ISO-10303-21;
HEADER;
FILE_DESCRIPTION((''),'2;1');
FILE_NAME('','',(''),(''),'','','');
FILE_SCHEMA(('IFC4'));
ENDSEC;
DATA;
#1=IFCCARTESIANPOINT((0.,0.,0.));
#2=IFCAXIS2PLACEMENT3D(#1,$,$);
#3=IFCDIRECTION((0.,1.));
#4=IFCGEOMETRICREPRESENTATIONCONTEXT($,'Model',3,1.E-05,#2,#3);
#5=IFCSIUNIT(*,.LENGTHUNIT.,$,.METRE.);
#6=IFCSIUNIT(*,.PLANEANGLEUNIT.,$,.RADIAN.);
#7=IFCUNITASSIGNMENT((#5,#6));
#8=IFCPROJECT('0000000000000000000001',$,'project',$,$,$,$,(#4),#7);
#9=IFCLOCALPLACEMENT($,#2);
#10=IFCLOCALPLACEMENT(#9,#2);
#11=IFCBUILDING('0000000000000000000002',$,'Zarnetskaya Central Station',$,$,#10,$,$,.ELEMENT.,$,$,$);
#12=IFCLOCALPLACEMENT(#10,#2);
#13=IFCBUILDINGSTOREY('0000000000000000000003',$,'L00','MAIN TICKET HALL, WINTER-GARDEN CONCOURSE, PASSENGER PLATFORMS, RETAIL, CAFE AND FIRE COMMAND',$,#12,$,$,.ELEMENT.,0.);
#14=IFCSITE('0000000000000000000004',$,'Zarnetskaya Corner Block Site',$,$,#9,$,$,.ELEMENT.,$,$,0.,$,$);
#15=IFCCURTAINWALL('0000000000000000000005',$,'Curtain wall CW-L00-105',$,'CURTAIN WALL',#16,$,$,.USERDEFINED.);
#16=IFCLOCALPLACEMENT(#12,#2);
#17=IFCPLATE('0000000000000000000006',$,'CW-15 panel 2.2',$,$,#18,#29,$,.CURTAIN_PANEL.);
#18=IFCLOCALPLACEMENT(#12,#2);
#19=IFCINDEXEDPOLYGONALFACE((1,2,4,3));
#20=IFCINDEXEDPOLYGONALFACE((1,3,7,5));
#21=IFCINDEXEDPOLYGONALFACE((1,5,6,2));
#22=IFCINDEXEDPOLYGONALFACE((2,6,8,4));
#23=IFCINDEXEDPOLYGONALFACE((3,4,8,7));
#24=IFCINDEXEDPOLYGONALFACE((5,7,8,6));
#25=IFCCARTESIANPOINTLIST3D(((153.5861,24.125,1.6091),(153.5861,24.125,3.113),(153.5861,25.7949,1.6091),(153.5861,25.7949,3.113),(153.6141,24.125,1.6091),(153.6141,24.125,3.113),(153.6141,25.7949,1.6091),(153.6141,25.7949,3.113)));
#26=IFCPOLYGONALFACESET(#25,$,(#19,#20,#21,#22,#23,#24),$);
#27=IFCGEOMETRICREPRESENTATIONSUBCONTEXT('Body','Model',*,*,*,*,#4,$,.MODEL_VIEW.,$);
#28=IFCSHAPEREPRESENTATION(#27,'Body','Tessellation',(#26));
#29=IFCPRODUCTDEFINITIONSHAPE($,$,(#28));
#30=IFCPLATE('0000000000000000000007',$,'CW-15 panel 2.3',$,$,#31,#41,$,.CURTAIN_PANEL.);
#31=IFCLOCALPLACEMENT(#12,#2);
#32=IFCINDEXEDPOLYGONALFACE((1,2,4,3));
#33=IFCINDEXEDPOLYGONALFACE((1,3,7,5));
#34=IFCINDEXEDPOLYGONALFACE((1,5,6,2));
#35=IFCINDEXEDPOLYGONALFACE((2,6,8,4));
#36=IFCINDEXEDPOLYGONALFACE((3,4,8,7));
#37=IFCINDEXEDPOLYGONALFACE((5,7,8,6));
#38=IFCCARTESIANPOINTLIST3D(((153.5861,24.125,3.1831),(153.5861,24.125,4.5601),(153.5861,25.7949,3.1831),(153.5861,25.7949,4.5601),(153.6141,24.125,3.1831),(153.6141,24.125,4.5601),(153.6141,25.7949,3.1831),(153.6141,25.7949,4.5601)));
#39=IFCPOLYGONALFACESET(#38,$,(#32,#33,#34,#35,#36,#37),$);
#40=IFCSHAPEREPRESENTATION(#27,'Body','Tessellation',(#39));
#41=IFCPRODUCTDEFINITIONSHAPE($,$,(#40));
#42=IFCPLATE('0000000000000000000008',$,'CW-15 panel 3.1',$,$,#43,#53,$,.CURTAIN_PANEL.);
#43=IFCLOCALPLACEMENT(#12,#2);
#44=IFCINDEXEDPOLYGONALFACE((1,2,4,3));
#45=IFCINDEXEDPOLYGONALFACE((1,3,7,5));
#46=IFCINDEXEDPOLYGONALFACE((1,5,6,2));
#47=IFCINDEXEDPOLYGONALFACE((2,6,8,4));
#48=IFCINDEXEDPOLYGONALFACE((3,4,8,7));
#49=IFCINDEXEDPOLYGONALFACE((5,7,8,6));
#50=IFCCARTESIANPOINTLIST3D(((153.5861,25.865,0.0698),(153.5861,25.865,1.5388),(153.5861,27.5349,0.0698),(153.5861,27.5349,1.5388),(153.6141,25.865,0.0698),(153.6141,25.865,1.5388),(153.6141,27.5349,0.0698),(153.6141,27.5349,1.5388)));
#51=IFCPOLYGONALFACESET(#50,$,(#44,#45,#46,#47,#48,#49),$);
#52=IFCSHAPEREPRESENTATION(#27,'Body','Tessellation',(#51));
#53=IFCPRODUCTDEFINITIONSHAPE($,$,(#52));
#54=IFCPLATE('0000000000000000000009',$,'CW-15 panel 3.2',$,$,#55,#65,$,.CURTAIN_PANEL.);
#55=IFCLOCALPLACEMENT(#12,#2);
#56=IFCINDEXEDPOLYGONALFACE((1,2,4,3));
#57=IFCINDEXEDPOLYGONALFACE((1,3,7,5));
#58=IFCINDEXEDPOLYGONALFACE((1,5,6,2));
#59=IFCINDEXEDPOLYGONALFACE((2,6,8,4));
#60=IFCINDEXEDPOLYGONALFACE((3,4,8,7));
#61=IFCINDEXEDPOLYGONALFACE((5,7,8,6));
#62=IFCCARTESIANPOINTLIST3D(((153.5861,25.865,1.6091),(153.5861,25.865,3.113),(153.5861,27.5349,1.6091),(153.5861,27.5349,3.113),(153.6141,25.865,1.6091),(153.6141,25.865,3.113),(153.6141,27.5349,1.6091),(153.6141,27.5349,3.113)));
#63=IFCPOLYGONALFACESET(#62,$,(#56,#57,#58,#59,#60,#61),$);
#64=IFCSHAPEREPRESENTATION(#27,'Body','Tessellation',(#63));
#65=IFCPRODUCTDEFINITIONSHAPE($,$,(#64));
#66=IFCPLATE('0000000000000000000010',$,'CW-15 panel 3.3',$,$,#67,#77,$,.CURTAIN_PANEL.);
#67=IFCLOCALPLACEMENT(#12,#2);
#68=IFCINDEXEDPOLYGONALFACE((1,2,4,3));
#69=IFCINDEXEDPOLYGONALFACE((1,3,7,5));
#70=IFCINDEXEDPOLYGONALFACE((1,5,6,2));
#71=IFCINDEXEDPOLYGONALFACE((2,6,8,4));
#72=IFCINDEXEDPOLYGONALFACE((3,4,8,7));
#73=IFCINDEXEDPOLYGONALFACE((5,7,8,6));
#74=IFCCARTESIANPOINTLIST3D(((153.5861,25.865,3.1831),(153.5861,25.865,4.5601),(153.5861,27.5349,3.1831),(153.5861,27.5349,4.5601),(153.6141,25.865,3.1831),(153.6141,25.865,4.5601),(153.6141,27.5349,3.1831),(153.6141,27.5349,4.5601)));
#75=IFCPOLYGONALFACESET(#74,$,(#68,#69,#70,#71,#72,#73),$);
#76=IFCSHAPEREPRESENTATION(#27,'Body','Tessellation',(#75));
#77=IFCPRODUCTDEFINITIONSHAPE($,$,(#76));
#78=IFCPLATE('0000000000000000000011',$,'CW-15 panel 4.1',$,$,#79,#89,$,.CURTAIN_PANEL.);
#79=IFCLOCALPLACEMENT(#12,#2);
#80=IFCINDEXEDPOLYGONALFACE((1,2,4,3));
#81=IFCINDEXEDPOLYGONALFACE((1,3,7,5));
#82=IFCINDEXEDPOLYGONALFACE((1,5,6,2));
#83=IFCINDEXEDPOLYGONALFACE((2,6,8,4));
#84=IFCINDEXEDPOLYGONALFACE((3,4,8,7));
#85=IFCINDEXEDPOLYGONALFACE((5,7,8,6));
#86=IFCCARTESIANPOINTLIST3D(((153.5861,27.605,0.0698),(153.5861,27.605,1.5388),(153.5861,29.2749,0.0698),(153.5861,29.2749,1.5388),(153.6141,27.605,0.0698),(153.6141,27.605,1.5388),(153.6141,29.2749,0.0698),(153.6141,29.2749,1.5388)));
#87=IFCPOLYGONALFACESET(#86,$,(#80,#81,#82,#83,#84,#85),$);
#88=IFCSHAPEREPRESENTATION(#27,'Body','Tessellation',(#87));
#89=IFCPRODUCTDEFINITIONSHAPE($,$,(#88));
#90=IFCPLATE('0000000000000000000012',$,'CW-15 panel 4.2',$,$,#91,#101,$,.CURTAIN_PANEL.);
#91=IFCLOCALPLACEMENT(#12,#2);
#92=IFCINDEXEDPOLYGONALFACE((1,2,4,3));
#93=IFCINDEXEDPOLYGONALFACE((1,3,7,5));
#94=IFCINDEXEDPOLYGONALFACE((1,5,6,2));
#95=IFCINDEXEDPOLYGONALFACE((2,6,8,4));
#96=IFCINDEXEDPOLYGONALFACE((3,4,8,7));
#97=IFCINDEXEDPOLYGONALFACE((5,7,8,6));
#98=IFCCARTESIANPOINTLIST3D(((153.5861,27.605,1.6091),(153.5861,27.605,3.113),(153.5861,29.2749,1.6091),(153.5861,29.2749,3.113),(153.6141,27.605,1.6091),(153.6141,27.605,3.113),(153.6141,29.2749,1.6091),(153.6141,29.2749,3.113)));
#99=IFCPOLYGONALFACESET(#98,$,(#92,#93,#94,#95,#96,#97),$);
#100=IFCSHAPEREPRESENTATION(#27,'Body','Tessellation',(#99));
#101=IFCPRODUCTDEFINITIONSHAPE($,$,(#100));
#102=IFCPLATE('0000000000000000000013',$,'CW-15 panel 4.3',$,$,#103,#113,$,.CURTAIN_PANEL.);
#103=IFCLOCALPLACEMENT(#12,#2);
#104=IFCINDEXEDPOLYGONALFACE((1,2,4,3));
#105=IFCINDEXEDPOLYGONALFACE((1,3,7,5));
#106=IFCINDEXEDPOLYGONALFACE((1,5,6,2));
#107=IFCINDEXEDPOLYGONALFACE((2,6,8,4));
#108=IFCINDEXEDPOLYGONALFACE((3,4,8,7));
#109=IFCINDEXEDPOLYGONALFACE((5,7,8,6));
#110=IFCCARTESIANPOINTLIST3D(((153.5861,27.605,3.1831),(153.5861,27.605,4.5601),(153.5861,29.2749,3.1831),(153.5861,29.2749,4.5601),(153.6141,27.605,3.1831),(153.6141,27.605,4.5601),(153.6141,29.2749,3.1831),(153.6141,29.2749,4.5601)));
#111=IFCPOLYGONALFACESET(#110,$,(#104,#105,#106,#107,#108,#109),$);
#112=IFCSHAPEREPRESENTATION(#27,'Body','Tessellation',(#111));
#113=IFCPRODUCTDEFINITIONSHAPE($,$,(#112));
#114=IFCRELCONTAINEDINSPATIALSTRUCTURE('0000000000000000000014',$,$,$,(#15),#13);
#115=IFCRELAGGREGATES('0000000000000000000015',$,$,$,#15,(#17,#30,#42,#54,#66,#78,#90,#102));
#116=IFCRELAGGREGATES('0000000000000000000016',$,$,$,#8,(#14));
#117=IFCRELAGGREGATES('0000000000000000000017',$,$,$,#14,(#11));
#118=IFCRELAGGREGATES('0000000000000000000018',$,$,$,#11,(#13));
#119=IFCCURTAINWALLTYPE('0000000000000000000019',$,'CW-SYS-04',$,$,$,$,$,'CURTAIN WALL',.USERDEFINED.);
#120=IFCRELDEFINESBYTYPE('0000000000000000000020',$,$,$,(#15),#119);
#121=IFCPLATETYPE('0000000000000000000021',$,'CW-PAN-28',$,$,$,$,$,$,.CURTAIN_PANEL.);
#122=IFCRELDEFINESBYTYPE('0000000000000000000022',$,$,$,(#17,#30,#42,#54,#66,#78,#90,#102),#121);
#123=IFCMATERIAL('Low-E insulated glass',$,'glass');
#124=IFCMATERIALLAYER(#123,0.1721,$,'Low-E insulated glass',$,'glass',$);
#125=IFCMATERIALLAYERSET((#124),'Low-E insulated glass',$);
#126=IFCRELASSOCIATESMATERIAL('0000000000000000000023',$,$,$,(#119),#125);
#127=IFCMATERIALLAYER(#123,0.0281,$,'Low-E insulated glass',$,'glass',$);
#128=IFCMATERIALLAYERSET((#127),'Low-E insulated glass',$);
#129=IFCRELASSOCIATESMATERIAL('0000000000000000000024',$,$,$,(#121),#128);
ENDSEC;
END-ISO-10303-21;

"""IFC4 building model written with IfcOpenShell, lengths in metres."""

from ifc_helpers import new_model, si_unit, direction, frame, origin, origin_2d, place, context, subcontext, project, spatial, rectangle, extrude, material, layer, layer_set, type_object, element, aggregate, save


model = new_model("IFC4")

# Units and contexts
model_context = context("Model", 3, precision=1e-05, world=origin(), true_north=direction((0.0, 1.0)))
body_context = subcontext(model_context, "Body", "Model", "MODEL_VIEW")
ifc_project = project(units=[si_unit("LENGTHUNIT", "METRE"), si_unit("PLANEANGLEUNIT", "RADIAN")], contexts=[model_context])

# Site, building, storey
site_placement = place(None, origin())
site = spatial("IfcSite", under=ifc_project, at=site_placement, Name="Zarnetskaya Corner Block Site", CompositionType="ELEMENT", RefElevation=0.0)
building_placement = place(site_placement, origin())
building = spatial("IfcBuilding", under=site, at=building_placement, Name="Zarnetskaya Central Station", CompositionType="ELEMENT")
storey_placement = place(building_placement, origin())
storey = spatial("IfcBuildingStorey", under=building, at=storey_placement, Name="L00", Description="MAIN TICKET HALL, WINTER-GARDEN CONCOURSE, PASSENGER PLATFORMS, RETAIL, CAFE AND FIRE COMMAND", CompositionType="ELEMENT", Elevation=0.0)

# Curtain wall, plates
ifc_material_1 = material(Name="Low-E insulated glass", Category="glass")
ifc_layer_1 = layer(ifc_material_1, 0.1721, Name="Low-E insulated glass", Category="glass")
ifc_layer_set_1 = layer_set([ifc_layer_1], Name="Low-E insulated glass")
curtain_wall_type = type_object("IfcCurtainWallType", Name="CW-SYS-04", ElementType="CURTAIN WALL", PredefinedType="USERDEFINED", material=ifc_layer_set_1)
curtain_wall_placement = place(storey_placement, origin())
curtain_wall = element("IfcCurtainWall", 1, at=curtain_wall_placement, inside=storey, type_object=curtain_wall_type, Name="Curtain wall CW-L00-105", ObjectType="CURTAIN WALL", PredefinedType="USERDEFINED")
ifc_layer_2 = layer(ifc_material_1, 0.0281, Name="Low-E insulated glass", Category="glass")
ifc_layer_set_2 = layer_set([ifc_layer_2], Name="Low-E insulated glass")
plate_type = type_object("IfcPlateType", Name="CW-PAN-28", PredefinedType="CURTAIN_PANEL", material=ifc_layer_set_2)
plate_1_placement = place(storey_placement, frame((153.6001, 24.96, 1.6091), z_axis=(0.0, 0.0, 1.0), x_axis=(0.0, 1.0, 0.0)))
plate_1 = element("IfcPlate", 2, at=plate_1_placement, type_object=plate_type, Name="CW-15 panel 2.2", PredefinedType="CURTAIN_PANEL", context=body_context, shape_type="SweptSolid", body=[
    extrude(rectangle(XDim=1.6699, YDim=0.0281, at=origin_2d()), origin(), (0.0, 0.0, 1.0), 1.5039),
])
plate_2_placement = place(storey_placement, frame((153.6001, 24.96, 3.1831), z_axis=(0.0, 0.0, 1.0), x_axis=(0.0, 1.0, 0.0)))
plate_2 = element("IfcPlate", 3, at=plate_2_placement, type_object=plate_type, Name="CW-15 panel 2.3", PredefinedType="CURTAIN_PANEL", context=body_context, shape_type="SweptSolid", body=[
    extrude(rectangle(XDim=1.6699, YDim=0.0281, at=origin_2d()), origin(), (0.0, 0.0, 1.0), 1.377),
])
plate_3_placement = place(storey_placement, frame((153.6001, 26.7, 0.0698), z_axis=(0.0, 0.0, 1.0), x_axis=(0.0, 1.0, 0.0)))
plate_3 = element("IfcPlate", 4, at=plate_3_placement, type_object=plate_type, Name="CW-15 panel 3.1", PredefinedType="CURTAIN_PANEL", context=body_context, shape_type="SweptSolid", body=[
    extrude(rectangle(XDim=1.6699, YDim=0.0281, at=origin_2d()), origin(), (0.0, 0.0, 1.0), 1.469),
])
plate_4_placement = place(storey_placement, frame((153.6001, 26.7, 1.6091), z_axis=(0.0, 0.0, 1.0), x_axis=(0.0, 1.0, 0.0)))
plate_4 = element("IfcPlate", 5, at=plate_4_placement, type_object=plate_type, Name="CW-15 panel 3.2", PredefinedType="CURTAIN_PANEL", context=body_context, shape_type="SweptSolid", body=[
    extrude(rectangle(XDim=1.6699, YDim=0.0281, at=origin_2d()), origin(), (0.0, 0.0, 1.0), 1.5039),
])
plate_5_placement = place(storey_placement, frame((153.6001, 26.7, 3.1831), z_axis=(0.0, 0.0, 1.0), x_axis=(0.0, 1.0, 0.0)))
plate_5 = element("IfcPlate", 6, at=plate_5_placement, type_object=plate_type, Name="CW-15 panel 3.3", PredefinedType="CURTAIN_PANEL", context=body_context, shape_type="SweptSolid", body=[
    extrude(rectangle(XDim=1.6699, YDim=0.0281, at=origin_2d()), origin(), (0.0, 0.0, 1.0), 1.377),
])
plate_6_placement = place(storey_placement, frame((153.6001, 28.4399, 0.0698), z_axis=(0.0, 0.0, 1.0), x_axis=(0.0, 1.0, 0.0)))
plate_6 = element("IfcPlate", 7, at=plate_6_placement, type_object=plate_type, Name="CW-15 panel 4.1", PredefinedType="CURTAIN_PANEL", context=body_context, shape_type="SweptSolid", body=[
    extrude(rectangle(XDim=1.6699, YDim=0.0281, at=origin_2d()), origin(), (0.0, 0.0, 1.0), 1.469),
])
plate_7_placement = place(storey_placement, frame((153.6001, 28.4399, 1.6091), z_axis=(0.0, 0.0, 1.0), x_axis=(0.0, 1.0, 0.0)))
plate_7 = element("IfcPlate", 8, at=plate_7_placement, type_object=plate_type, Name="CW-15 panel 4.2", PredefinedType="CURTAIN_PANEL", context=body_context, shape_type="SweptSolid", body=[
    extrude(rectangle(XDim=1.6699, YDim=0.0281, at=origin_2d()), origin(), (0.0, 0.0, 1.0), 1.5039),
])
plate_8_placement = place(storey_placement, frame((153.6001, 28.4399, 3.1831), z_axis=(0.0, 0.0, 1.0), x_axis=(0.0, 1.0, 0.0)))
plate_8 = element("IfcPlate", 9, at=plate_8_placement, type_object=plate_type, Name="CW-15 panel 4.3", PredefinedType="CURTAIN_PANEL", context=body_context, shape_type="SweptSolid", body=[
    extrude(rectangle(XDim=1.6699, YDim=0.0281, at=origin_2d()), origin(), (0.0, 0.0, 1.0), 1.377),
])
aggregate(curtain_wall, [plate_1, plate_2, plate_3, plate_4, plate_5, plate_6, plate_7, plate_8])

save(model, "model.ifc")
